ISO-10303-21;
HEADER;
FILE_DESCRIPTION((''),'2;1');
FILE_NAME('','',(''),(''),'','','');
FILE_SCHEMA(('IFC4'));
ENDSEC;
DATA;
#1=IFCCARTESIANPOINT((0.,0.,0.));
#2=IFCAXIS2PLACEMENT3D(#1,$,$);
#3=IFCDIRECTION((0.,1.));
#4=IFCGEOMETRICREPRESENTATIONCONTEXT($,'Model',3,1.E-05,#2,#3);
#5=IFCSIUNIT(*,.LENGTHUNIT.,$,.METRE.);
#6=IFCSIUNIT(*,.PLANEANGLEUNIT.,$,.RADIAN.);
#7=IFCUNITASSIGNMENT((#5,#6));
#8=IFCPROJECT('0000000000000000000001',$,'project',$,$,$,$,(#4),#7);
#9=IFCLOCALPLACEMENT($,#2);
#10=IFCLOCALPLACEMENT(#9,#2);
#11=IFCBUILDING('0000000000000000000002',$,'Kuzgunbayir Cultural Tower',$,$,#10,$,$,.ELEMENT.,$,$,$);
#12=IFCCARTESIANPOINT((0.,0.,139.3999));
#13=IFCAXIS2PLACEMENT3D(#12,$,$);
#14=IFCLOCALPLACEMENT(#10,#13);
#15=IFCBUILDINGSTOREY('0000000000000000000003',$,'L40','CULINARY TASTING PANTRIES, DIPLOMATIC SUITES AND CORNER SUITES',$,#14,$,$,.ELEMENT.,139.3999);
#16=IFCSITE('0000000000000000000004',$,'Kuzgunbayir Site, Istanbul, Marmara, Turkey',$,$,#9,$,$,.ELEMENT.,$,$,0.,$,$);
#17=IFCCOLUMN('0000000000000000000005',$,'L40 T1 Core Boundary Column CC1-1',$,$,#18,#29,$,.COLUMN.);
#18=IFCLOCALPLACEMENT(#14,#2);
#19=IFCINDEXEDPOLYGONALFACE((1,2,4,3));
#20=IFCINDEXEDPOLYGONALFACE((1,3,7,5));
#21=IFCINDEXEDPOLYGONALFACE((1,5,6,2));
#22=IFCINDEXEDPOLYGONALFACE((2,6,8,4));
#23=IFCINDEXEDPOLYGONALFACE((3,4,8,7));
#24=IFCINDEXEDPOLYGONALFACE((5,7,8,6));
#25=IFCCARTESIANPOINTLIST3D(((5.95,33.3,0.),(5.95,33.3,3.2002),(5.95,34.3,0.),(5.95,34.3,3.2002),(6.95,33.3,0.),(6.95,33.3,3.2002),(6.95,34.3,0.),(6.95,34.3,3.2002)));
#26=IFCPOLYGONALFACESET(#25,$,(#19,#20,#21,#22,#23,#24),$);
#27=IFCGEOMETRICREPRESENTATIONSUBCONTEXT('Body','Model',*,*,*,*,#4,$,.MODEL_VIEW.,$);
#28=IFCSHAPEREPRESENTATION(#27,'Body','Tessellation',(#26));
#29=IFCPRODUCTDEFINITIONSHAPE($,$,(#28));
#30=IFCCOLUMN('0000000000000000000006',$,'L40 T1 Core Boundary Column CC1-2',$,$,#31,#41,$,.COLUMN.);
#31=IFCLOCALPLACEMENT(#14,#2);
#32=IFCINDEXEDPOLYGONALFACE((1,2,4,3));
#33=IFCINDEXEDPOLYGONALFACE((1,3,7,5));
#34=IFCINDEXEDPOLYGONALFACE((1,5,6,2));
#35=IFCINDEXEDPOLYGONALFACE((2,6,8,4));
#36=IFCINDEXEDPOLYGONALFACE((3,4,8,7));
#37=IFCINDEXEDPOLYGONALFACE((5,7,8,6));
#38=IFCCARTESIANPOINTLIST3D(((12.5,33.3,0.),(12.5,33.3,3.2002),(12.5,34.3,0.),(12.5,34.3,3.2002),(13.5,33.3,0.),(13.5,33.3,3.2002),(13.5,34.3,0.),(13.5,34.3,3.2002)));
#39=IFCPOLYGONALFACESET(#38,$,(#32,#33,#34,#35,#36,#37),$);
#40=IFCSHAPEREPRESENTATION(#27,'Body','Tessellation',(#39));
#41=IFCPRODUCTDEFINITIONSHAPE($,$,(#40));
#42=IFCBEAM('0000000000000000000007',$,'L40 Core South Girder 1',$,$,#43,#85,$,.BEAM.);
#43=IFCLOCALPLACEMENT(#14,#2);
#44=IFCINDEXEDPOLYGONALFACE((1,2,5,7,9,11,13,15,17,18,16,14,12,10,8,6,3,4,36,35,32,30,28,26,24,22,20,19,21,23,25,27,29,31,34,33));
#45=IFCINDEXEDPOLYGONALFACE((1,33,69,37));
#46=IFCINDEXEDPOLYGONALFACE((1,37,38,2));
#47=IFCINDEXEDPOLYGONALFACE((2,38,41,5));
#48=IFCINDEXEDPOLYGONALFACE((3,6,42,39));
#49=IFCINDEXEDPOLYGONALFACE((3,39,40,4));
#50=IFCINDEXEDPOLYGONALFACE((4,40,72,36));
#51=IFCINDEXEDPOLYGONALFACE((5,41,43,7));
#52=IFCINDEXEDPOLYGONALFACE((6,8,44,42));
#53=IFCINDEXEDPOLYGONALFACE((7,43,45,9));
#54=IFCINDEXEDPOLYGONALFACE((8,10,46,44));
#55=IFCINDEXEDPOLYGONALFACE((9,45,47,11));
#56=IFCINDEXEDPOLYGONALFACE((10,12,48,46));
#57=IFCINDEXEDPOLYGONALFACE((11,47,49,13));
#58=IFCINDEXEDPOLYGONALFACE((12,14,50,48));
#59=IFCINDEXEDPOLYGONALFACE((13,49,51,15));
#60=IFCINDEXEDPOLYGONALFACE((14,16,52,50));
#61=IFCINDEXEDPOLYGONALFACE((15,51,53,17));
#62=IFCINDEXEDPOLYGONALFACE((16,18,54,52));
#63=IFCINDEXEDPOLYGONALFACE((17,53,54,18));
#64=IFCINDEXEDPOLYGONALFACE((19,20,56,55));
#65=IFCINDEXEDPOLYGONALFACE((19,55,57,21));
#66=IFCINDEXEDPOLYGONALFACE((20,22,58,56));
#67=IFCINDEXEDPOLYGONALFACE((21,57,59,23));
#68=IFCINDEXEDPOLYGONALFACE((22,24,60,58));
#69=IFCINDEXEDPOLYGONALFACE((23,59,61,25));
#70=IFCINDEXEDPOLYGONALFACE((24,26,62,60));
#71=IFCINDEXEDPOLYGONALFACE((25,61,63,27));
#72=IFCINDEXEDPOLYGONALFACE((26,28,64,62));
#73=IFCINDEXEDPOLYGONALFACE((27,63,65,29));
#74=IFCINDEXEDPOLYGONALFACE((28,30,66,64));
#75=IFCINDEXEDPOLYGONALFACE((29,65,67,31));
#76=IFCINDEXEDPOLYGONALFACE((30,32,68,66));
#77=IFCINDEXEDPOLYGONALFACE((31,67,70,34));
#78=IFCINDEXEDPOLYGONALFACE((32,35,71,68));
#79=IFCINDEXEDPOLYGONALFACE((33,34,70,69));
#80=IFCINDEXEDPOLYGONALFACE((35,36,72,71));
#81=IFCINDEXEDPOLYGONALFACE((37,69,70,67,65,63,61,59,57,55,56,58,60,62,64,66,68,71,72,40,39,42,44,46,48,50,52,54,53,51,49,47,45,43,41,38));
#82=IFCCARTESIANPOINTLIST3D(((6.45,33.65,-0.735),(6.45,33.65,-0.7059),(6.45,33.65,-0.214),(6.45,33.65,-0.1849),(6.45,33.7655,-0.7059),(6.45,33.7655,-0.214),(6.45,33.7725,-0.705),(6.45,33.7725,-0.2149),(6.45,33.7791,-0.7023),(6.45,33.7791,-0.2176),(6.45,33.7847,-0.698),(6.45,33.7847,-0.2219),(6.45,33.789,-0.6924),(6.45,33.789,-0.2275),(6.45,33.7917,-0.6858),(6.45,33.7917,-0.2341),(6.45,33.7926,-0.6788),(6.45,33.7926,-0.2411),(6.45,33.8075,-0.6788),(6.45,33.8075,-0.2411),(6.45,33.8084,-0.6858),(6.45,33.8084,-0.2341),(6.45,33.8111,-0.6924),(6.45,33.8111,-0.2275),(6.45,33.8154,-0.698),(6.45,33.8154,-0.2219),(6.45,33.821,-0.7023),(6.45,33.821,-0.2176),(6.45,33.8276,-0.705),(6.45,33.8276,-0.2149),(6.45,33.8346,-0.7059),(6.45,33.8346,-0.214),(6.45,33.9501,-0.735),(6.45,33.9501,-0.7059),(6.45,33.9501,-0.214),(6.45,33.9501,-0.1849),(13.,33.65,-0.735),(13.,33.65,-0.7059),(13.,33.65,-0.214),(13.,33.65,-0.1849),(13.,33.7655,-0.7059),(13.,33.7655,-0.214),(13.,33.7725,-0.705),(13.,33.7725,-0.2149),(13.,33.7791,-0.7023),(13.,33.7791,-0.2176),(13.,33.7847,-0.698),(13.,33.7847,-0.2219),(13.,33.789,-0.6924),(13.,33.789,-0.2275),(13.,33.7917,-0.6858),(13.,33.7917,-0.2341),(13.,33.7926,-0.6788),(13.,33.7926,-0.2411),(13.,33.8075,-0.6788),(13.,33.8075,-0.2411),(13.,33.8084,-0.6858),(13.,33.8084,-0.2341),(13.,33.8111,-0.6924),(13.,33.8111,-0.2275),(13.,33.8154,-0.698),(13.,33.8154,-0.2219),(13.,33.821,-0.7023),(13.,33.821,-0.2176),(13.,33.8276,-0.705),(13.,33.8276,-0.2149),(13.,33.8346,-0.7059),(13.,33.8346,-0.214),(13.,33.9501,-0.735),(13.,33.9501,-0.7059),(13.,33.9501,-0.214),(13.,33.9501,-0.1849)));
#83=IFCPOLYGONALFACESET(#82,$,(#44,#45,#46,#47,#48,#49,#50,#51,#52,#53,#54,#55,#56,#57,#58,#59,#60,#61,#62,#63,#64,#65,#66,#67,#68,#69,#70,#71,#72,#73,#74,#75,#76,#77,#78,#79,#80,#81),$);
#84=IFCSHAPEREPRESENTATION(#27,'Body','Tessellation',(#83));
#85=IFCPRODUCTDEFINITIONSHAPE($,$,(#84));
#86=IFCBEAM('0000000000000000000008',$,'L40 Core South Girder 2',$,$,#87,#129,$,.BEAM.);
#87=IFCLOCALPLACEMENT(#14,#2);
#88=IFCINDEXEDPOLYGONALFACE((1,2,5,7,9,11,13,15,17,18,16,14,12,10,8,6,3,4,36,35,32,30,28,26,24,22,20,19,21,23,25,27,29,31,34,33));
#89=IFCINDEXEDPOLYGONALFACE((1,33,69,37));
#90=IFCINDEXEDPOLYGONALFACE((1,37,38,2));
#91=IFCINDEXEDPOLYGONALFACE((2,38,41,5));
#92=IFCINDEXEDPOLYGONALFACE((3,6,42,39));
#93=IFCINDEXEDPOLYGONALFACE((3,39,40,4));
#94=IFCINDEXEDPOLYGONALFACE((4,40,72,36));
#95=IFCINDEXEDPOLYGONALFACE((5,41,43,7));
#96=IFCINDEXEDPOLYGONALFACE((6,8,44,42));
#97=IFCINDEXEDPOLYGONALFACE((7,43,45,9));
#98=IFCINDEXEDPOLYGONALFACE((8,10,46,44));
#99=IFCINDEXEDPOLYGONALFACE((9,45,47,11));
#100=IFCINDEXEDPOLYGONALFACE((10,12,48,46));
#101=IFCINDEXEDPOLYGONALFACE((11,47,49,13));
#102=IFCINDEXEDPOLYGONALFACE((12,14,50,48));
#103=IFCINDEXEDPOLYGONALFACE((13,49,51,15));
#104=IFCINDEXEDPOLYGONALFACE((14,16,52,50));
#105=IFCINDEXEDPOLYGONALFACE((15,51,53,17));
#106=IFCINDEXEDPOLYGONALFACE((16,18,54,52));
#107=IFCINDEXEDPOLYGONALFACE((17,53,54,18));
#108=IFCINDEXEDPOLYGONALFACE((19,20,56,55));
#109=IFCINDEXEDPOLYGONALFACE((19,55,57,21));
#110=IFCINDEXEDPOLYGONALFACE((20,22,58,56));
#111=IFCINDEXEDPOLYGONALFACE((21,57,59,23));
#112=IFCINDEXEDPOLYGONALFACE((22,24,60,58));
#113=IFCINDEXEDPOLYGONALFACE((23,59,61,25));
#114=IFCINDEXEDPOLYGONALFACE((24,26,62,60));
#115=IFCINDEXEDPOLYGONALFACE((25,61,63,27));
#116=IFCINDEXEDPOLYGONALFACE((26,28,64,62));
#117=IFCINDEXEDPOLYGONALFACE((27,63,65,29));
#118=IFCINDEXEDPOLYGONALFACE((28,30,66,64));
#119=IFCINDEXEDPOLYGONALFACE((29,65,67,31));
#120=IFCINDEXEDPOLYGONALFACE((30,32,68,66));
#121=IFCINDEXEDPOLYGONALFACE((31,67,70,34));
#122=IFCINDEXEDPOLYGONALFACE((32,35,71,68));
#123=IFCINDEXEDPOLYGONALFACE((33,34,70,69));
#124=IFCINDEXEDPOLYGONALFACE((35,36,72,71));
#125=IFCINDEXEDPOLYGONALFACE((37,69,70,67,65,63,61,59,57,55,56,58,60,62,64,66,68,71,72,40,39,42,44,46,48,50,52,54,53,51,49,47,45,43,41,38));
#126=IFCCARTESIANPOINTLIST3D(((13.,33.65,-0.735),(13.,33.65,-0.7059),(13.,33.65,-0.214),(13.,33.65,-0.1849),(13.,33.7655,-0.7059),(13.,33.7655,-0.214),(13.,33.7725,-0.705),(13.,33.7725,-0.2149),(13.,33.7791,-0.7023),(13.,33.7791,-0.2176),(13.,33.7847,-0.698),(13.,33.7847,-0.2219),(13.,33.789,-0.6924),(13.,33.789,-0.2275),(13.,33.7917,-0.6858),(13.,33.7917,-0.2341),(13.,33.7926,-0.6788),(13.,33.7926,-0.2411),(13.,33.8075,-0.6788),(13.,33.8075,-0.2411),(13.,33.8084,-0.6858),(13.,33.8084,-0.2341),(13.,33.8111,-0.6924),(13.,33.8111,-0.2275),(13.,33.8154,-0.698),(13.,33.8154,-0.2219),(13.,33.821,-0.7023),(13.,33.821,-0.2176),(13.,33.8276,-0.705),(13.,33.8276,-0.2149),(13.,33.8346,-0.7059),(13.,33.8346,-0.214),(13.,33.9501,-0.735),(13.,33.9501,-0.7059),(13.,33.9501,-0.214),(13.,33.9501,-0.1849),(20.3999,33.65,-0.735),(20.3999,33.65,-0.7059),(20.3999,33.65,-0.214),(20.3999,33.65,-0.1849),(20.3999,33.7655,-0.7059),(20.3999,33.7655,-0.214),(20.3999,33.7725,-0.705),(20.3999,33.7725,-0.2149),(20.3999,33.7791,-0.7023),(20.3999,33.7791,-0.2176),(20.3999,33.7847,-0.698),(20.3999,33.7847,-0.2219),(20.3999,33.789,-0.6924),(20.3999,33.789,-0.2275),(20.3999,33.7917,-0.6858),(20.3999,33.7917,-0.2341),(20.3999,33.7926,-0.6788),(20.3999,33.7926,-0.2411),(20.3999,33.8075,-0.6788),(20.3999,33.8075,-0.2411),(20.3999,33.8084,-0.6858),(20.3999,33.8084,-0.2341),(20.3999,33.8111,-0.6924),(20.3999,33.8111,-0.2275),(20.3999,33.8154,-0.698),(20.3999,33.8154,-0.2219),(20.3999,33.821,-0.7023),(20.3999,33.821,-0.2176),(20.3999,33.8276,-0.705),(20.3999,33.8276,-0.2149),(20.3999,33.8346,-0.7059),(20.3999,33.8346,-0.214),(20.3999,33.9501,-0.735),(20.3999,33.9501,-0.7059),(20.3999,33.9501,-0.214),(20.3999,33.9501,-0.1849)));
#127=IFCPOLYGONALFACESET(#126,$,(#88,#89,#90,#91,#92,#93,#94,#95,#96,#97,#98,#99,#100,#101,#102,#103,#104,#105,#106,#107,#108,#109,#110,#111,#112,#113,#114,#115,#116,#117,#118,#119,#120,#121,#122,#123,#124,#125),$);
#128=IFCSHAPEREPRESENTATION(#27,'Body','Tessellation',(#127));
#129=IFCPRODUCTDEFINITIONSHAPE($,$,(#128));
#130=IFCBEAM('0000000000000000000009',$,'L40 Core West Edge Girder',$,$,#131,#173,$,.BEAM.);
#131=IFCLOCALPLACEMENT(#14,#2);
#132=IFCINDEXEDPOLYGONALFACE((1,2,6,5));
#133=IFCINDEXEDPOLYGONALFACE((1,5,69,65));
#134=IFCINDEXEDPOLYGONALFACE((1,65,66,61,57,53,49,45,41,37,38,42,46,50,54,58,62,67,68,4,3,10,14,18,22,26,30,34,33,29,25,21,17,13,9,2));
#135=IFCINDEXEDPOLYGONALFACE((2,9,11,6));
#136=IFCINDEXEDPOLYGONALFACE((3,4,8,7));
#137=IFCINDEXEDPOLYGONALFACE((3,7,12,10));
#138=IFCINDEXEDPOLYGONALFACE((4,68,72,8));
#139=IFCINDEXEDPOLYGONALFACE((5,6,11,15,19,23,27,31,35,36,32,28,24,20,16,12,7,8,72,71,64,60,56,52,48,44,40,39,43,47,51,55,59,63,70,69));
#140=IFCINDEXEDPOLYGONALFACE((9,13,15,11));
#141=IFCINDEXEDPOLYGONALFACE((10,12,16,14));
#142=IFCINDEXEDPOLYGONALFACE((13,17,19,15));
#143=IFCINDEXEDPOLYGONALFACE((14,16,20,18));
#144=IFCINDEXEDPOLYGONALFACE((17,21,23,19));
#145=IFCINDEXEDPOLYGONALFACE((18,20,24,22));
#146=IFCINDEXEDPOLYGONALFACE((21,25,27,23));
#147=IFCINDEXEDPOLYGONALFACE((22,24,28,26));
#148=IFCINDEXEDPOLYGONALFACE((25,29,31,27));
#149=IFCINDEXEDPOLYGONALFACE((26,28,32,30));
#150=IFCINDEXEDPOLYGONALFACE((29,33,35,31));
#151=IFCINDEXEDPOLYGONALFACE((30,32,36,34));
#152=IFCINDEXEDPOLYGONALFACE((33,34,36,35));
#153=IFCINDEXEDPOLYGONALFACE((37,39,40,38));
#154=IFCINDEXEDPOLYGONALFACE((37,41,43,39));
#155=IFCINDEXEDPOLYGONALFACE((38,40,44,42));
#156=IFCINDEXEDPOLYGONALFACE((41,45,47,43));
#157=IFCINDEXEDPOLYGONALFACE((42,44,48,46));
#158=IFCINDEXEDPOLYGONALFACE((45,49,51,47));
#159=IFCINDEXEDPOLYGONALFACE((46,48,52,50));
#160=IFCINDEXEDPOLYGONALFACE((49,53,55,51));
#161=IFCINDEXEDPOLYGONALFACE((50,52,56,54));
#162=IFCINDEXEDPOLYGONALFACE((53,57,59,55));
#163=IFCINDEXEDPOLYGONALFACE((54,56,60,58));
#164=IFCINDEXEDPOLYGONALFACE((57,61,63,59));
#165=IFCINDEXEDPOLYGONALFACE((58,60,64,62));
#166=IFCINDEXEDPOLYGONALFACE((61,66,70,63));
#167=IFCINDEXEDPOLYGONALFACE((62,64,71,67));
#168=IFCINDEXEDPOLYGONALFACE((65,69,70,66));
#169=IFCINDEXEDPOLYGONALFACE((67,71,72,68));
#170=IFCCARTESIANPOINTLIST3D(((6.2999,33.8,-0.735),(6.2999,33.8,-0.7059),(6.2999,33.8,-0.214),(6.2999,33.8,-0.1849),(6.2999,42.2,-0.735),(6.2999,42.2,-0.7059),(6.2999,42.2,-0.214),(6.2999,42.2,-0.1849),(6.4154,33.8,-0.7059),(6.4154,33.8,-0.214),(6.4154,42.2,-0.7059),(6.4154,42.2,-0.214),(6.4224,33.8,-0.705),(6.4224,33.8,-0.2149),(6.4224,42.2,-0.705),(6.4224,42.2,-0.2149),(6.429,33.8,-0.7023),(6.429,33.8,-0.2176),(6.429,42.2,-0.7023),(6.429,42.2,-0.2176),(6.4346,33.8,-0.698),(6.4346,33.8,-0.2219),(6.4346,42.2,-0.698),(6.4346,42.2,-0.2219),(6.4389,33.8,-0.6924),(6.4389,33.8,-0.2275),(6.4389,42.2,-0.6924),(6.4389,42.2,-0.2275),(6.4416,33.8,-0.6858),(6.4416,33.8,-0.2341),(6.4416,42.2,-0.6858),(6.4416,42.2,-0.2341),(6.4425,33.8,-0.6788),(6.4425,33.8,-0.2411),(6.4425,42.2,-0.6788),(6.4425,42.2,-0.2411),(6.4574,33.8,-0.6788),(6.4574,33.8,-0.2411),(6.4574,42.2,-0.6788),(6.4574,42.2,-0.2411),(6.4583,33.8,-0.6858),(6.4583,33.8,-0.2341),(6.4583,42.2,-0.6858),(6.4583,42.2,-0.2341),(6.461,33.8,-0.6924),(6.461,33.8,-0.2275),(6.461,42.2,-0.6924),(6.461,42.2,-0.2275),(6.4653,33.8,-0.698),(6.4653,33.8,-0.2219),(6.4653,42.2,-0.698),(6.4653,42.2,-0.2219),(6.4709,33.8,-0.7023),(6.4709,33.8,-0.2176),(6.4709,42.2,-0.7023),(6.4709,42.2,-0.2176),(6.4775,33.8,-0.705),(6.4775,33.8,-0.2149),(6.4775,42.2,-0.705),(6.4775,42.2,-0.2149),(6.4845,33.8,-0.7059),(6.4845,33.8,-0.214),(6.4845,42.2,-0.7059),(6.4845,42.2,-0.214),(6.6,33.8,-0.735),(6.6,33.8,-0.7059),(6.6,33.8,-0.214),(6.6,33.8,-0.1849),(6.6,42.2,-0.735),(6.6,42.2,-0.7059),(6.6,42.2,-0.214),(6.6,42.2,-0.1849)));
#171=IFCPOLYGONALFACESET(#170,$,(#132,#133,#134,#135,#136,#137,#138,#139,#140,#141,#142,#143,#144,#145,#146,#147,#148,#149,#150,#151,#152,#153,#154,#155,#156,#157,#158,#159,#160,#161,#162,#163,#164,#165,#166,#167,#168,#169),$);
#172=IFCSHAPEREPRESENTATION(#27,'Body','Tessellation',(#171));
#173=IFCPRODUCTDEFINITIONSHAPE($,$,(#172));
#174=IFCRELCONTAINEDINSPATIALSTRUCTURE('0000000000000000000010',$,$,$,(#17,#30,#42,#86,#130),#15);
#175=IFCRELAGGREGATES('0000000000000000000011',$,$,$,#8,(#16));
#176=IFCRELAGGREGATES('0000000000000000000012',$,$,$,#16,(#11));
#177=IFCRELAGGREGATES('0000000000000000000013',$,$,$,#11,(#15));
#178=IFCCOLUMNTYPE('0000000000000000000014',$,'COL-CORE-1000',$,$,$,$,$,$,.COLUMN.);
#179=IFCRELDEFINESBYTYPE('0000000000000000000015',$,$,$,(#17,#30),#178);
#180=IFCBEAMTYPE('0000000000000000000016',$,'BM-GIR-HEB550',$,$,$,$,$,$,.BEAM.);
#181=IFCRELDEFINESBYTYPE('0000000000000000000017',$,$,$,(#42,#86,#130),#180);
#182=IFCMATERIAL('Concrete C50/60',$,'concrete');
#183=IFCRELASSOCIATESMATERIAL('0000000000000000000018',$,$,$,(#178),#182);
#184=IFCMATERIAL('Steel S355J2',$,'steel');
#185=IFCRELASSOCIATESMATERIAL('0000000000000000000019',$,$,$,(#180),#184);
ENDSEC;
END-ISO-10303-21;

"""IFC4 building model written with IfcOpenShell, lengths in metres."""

from ifc_helpers import new_model, si_unit, direction, frame, origin, origin_2d, place, context, subcontext, project, spatial, rectangle, i_section, extrude, material, material_profile, profile_set, type_object, element, save


model = new_model("IFC4")

# Units and contexts
model_context = context("Model", 3, precision=1e-05, world=origin(), true_north=direction((0.0, 1.0)))
body_context = subcontext(model_context, "Body", "Model", "MODEL_VIEW")
ifc_project = project(units=[si_unit("LENGTHUNIT", "METRE"), si_unit("PLANEANGLEUNIT", "RADIAN")], contexts=[model_context])

# Site, building, storey
site_placement = place(None, origin())
site = spatial("IfcSite", under=ifc_project, at=site_placement, Name="Kuzgunbayir Site, Istanbul, Marmara, Turkey", CompositionType="ELEMENT", RefElevation=0.0)
building_placement = place(site_placement, origin())
building = spatial("IfcBuilding", under=site, at=building_placement, Name="Kuzgunbayir Cultural Tower", CompositionType="ELEMENT")
storey_placement = place(building_placement, frame((0.0, 0.0, 139.3999)))
storey = spatial("IfcBuildingStorey", under=building, at=storey_placement, Name="L40", Description="CULINARY TASTING PANTRIES, DIPLOMATIC SUITES AND CORNER SUITES", CompositionType="ELEMENT", Elevation=139.3999)

# Columns
ifc_material_1 = material(Name="Concrete C50/60", Category="concrete")
ifc_material_profile_1 = material_profile(ifc_material_1, rectangle(XDim=1.0, YDim=1.0, at=origin_2d()), Name="RC 1000x1000")
ifc_profile_set_1 = profile_set([ifc_material_profile_1], Name="Concrete C50/60")
column_type = type_object("IfcColumnType", Name="COL-CORE-1000", PredefinedType="COLUMN", material=ifc_profile_set_1)
for number, where, z_axis, x_axis, name in (
    (1, (6.45, 33.8, 0.0), (0.0, 0.0, 1.0), (1.0, 0.0, 0.0), "L40 T1 Core Boundary Column CC1-1"),
    (2, (13.0, 33.8, 0.0), (0.0, 0.0, 1.0), (1.0, 0.0, 0.0), "L40 T1 Core Boundary Column CC1-2"),
):
    element("IfcColumn", number, at=place(storey_placement, frame(where, z_axis=z_axis, x_axis=x_axis)), inside=storey, type_object=column_type, Name=name, PredefinedType="COLUMN", context=body_context, shape_type="SweptSolid", body=[
        extrude(rectangle(XDim=1.0, YDim=1.0, at=origin_2d()), origin(), (0.0, 0.0, 1.0), 3.2002),
    ])

# Beams
ifc_material_2 = material(Name="Steel S355J2", Category="steel")
ifc_material_profile_2 = material_profile(ifc_material_2, i_section(OverallWidth=0.3, OverallDepth=0.55, WebThickness=0.0149, FlangeThickness=0.0291, FilletRadius=0.0271, at=origin_2d()), Name="HEB 550")
ifc_profile_set_2 = profile_set([ifc_material_profile_2], Name="Steel S355J2")
beam_type = type_object("IfcBeamType", Name="BM-GIR-HEB550", PredefinedType="BEAM", material=ifc_profile_set_2)
beam_1_placement = place(storey_placement, frame((6.45, 33.8, -0.46), z_axis=(1.0, 0.0, 0.0), x_axis=(0.0, 1.0, 0.0)))
element("IfcBeam", 3, at=beam_1_placement, inside=storey, type_object=beam_type, Name="L40 Core South Girder 1", PredefinedType="BEAM", context=body_context, shape_type="SweptSolid", body=[
    extrude(i_section(OverallWidth=0.3, OverallDepth=0.55, WebThickness=0.0149, FlangeThickness=0.0291, FilletRadius=0.0271, at=origin_2d()), origin(), (0.0, 0.0, 1.0), 6.55),
])
beam_2_placement = place(storey_placement, frame((13.0, 33.8, -0.46), z_axis=(1.0, 0.0, 0.0), x_axis=(0.0, 1.0, 0.0)))
element("IfcBeam", 4, at=beam_2_placement, inside=storey, type_object=beam_type, Name="L40 Core South Girder 2", PredefinedType="BEAM", context=body_context, shape_type="SweptSolid", body=[
    extrude(i_section(OverallWidth=0.3, OverallDepth=0.55, WebThickness=0.0149, FlangeThickness=0.0291, FilletRadius=0.0271, at=origin_2d()), origin(), (0.0, 0.0, 1.0), 7.3999),
])
beam_3_placement = place(storey_placement, frame((6.45, 33.8, -0.46), z_axis=(0.0, 1.0, 0.0), x_axis=(-1.0, 0.0, 0.0)))
element("IfcBeam", 5, at=beam_3_placement, inside=storey, type_object=beam_type, Name="L40 Core West Edge Girder", PredefinedType="BEAM", context=body_context, shape_type="SweptSolid", body=[
    extrude(i_section(OverallWidth=0.3, OverallDepth=0.55, WebThickness=0.0149, FlangeThickness=0.0291, FilletRadius=0.0271, at=origin_2d()), origin(), (0.0, 0.0, 1.0), 8.3999),
])

save(model, "model.ifc")
